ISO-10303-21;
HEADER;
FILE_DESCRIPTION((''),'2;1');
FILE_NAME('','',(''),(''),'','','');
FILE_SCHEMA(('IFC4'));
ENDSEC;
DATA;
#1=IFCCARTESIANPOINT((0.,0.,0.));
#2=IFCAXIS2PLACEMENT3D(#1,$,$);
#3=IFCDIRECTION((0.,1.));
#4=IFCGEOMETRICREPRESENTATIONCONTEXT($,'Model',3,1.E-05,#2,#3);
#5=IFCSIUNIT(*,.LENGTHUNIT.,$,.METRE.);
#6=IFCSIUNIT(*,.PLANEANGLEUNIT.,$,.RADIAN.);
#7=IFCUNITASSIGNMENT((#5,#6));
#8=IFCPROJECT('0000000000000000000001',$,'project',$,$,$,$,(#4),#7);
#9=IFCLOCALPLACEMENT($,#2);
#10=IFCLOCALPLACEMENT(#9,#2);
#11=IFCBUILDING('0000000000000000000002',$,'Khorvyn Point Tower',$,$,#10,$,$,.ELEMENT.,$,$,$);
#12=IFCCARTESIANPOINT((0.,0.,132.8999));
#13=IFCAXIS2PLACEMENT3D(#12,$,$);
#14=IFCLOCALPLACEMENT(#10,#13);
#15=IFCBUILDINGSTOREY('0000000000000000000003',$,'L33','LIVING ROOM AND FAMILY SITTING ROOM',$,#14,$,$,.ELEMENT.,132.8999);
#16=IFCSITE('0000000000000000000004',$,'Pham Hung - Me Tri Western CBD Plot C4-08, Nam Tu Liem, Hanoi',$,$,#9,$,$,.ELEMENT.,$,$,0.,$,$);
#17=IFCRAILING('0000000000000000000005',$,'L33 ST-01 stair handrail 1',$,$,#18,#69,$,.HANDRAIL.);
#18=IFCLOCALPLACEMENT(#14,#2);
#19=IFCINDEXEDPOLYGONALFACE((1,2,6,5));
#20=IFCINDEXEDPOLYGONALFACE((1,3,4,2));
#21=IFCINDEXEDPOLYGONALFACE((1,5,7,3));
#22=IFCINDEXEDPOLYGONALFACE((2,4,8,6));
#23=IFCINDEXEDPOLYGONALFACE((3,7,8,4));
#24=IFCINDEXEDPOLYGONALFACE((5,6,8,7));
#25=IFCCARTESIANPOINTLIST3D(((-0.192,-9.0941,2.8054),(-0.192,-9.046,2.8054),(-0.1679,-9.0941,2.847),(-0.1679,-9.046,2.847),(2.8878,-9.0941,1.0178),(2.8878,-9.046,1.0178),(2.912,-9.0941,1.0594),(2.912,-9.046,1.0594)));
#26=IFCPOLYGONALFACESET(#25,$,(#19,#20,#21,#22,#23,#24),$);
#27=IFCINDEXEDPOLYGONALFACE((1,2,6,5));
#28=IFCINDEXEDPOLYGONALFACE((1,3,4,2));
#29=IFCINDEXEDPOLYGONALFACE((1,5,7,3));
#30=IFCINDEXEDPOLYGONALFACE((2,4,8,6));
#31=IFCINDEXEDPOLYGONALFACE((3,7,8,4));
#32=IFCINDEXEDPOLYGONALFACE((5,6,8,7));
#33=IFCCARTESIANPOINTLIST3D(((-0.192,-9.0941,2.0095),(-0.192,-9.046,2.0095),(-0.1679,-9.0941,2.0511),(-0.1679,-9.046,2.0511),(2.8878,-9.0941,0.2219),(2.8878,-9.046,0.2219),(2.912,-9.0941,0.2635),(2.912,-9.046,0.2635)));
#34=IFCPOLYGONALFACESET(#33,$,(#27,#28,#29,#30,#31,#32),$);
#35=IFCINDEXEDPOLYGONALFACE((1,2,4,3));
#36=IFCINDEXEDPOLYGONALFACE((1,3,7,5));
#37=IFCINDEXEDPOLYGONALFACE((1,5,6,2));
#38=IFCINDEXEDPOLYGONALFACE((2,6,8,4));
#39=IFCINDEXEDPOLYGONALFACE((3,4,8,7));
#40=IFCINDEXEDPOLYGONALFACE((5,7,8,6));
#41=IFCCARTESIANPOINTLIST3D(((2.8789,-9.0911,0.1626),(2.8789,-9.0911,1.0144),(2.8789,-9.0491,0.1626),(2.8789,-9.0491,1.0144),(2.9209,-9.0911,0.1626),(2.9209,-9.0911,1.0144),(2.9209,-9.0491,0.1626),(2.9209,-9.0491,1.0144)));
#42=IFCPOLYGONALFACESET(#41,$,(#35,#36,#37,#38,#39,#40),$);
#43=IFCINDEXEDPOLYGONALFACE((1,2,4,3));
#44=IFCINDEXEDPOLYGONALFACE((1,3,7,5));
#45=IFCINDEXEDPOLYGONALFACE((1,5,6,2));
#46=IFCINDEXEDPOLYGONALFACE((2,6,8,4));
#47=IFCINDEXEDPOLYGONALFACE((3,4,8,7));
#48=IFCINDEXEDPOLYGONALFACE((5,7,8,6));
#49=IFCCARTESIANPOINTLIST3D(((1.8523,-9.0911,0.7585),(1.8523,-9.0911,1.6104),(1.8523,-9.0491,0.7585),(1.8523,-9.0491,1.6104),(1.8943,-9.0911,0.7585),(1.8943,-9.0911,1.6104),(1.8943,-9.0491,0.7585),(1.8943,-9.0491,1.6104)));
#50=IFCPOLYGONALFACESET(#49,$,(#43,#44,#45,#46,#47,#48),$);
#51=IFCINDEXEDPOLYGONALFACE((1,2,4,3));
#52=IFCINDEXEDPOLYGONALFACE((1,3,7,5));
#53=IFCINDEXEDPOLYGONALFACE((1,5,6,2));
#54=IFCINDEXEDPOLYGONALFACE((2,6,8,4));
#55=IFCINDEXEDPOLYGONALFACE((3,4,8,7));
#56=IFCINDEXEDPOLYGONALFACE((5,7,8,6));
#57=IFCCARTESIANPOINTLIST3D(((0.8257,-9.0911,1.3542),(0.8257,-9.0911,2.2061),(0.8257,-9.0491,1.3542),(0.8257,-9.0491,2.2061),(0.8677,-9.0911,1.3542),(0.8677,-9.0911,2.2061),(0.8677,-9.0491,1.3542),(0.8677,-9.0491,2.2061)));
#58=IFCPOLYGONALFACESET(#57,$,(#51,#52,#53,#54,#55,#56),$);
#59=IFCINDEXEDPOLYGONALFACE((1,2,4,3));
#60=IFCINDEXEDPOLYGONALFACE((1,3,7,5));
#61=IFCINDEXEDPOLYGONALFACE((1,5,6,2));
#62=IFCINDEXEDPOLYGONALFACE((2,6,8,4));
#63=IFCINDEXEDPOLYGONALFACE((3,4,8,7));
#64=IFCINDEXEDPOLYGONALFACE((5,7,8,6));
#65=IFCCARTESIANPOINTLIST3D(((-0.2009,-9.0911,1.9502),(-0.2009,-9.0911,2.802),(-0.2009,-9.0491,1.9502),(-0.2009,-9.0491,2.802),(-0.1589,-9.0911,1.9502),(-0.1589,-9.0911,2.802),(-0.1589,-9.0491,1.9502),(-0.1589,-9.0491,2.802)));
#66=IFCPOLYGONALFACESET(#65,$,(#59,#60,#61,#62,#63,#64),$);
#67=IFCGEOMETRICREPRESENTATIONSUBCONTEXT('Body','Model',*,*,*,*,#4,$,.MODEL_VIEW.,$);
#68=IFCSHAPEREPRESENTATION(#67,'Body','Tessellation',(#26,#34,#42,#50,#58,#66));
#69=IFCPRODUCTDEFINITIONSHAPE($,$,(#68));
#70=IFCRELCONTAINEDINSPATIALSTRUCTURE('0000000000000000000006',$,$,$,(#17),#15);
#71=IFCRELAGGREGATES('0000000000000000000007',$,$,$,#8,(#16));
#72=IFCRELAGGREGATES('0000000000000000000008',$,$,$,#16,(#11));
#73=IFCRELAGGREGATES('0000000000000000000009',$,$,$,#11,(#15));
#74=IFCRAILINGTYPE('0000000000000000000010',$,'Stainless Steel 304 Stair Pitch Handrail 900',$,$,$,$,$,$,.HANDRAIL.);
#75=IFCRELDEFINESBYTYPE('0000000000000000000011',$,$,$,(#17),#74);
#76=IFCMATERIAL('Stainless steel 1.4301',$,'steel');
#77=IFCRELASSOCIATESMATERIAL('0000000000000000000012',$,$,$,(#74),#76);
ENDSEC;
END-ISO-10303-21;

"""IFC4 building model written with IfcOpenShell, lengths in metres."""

from ifc_helpers import new_model, si_unit, direction, frame, origin, origin_2d, place, context, subcontext, project, spatial, rectangle, extrude, material, type_object, element, save


model = new_model("IFC4")

# Units and contexts
model_context = context("Model", 3, precision=1e-05, world=origin(), true_north=direction((0.0, 1.0)))
body_context = subcontext(model_context, "Body", "Model", "MODEL_VIEW")
ifc_project = project(units=[si_unit("LENGTHUNIT", "METRE"), si_unit("PLANEANGLEUNIT", "RADIAN")], contexts=[model_context])

# Site, building, storey
site_placement = place(None, origin())
site = spatial("IfcSite", under=ifc_project, at=site_placement, Name="Pham Hung - Me Tri Western CBD Plot C4-08, Nam Tu Liem, Hanoi", CompositionType="ELEMENT", RefElevation=0.0)
building_placement = place(site_placement, origin())
building = spatial("IfcBuilding", under=site, at=building_placement, Name="Khorvyn Point Tower", CompositionType="ELEMENT")
storey_placement = place(building_placement, frame((0.0, 0.0, 132.8999)))
storey = spatial("IfcBuildingStorey", under=building, at=storey_placement, Name="L33", Description="LIVING ROOM AND FAMILY SITTING ROOM", CompositionType="ELEMENT", Elevation=132.8999)

# Shared definitions
ifc_material_1 = material(Name="Stainless steel 1.4301", Category="steel")

# Railing
railing_type_1 = type_object("IfcRailingType", Name="Stainless Steel 304 Stair Pitch Handrail 900", PredefinedType="HANDRAIL", material=ifc_material_1)
railing_1_placement = place(storey_placement, frame((2.8999, -9.0701, 0.1626)))
element("IfcRailing", 1, at=railing_1_placement, inside=storey, type_object=railing_type_1, Name="L33 ST-01 stair handrail 1", PredefinedType="HANDRAIL", context=body_context, shape_type="SweptSolid", body=[
    extrude(rectangle(XDim=0.0481, YDim=0.0481, at=origin_2d()), frame((0.0, 0.0, 0.876), z_axis=(-0.864873, 0.0, 0.50199), x_axis=(0.0, -1.0, 0.0)), (0.0, 0.0, 1.0), 3.561),
    extrude(rectangle(XDim=0.0481, YDim=0.0481, at=origin_2d()), frame((0.0, 0.0, 0.0801), z_axis=(-0.864873, 0.0, 0.50199), x_axis=(0.0, -1.0, 0.0)), (0.0, 0.0, 1.0), 3.561),
    extrude(rectangle(XDim=0.042, YDim=0.042, at=origin_2d()), origin(), (0.0, 0.0, 1.0), 0.8518),
    extrude(rectangle(XDim=0.042, YDim=0.042, at=origin_2d()), frame((-1.0266, 0.0, 0.5959)), (0.0, 0.0, 1.0), 0.8518),
    extrude(rectangle(XDim=0.042, YDim=0.042, at=origin_2d()), frame((-2.0532, 0.0, 1.1917)), (0.0, 0.0, 1.0), 0.8518),
    extrude(rectangle(XDim=0.042, YDim=0.042, at=origin_2d()), frame((-3.0798, 0.0, 1.7876)), (0.0, 0.0, 1.0), 0.8518),
])

save(model, "model.ifc")
